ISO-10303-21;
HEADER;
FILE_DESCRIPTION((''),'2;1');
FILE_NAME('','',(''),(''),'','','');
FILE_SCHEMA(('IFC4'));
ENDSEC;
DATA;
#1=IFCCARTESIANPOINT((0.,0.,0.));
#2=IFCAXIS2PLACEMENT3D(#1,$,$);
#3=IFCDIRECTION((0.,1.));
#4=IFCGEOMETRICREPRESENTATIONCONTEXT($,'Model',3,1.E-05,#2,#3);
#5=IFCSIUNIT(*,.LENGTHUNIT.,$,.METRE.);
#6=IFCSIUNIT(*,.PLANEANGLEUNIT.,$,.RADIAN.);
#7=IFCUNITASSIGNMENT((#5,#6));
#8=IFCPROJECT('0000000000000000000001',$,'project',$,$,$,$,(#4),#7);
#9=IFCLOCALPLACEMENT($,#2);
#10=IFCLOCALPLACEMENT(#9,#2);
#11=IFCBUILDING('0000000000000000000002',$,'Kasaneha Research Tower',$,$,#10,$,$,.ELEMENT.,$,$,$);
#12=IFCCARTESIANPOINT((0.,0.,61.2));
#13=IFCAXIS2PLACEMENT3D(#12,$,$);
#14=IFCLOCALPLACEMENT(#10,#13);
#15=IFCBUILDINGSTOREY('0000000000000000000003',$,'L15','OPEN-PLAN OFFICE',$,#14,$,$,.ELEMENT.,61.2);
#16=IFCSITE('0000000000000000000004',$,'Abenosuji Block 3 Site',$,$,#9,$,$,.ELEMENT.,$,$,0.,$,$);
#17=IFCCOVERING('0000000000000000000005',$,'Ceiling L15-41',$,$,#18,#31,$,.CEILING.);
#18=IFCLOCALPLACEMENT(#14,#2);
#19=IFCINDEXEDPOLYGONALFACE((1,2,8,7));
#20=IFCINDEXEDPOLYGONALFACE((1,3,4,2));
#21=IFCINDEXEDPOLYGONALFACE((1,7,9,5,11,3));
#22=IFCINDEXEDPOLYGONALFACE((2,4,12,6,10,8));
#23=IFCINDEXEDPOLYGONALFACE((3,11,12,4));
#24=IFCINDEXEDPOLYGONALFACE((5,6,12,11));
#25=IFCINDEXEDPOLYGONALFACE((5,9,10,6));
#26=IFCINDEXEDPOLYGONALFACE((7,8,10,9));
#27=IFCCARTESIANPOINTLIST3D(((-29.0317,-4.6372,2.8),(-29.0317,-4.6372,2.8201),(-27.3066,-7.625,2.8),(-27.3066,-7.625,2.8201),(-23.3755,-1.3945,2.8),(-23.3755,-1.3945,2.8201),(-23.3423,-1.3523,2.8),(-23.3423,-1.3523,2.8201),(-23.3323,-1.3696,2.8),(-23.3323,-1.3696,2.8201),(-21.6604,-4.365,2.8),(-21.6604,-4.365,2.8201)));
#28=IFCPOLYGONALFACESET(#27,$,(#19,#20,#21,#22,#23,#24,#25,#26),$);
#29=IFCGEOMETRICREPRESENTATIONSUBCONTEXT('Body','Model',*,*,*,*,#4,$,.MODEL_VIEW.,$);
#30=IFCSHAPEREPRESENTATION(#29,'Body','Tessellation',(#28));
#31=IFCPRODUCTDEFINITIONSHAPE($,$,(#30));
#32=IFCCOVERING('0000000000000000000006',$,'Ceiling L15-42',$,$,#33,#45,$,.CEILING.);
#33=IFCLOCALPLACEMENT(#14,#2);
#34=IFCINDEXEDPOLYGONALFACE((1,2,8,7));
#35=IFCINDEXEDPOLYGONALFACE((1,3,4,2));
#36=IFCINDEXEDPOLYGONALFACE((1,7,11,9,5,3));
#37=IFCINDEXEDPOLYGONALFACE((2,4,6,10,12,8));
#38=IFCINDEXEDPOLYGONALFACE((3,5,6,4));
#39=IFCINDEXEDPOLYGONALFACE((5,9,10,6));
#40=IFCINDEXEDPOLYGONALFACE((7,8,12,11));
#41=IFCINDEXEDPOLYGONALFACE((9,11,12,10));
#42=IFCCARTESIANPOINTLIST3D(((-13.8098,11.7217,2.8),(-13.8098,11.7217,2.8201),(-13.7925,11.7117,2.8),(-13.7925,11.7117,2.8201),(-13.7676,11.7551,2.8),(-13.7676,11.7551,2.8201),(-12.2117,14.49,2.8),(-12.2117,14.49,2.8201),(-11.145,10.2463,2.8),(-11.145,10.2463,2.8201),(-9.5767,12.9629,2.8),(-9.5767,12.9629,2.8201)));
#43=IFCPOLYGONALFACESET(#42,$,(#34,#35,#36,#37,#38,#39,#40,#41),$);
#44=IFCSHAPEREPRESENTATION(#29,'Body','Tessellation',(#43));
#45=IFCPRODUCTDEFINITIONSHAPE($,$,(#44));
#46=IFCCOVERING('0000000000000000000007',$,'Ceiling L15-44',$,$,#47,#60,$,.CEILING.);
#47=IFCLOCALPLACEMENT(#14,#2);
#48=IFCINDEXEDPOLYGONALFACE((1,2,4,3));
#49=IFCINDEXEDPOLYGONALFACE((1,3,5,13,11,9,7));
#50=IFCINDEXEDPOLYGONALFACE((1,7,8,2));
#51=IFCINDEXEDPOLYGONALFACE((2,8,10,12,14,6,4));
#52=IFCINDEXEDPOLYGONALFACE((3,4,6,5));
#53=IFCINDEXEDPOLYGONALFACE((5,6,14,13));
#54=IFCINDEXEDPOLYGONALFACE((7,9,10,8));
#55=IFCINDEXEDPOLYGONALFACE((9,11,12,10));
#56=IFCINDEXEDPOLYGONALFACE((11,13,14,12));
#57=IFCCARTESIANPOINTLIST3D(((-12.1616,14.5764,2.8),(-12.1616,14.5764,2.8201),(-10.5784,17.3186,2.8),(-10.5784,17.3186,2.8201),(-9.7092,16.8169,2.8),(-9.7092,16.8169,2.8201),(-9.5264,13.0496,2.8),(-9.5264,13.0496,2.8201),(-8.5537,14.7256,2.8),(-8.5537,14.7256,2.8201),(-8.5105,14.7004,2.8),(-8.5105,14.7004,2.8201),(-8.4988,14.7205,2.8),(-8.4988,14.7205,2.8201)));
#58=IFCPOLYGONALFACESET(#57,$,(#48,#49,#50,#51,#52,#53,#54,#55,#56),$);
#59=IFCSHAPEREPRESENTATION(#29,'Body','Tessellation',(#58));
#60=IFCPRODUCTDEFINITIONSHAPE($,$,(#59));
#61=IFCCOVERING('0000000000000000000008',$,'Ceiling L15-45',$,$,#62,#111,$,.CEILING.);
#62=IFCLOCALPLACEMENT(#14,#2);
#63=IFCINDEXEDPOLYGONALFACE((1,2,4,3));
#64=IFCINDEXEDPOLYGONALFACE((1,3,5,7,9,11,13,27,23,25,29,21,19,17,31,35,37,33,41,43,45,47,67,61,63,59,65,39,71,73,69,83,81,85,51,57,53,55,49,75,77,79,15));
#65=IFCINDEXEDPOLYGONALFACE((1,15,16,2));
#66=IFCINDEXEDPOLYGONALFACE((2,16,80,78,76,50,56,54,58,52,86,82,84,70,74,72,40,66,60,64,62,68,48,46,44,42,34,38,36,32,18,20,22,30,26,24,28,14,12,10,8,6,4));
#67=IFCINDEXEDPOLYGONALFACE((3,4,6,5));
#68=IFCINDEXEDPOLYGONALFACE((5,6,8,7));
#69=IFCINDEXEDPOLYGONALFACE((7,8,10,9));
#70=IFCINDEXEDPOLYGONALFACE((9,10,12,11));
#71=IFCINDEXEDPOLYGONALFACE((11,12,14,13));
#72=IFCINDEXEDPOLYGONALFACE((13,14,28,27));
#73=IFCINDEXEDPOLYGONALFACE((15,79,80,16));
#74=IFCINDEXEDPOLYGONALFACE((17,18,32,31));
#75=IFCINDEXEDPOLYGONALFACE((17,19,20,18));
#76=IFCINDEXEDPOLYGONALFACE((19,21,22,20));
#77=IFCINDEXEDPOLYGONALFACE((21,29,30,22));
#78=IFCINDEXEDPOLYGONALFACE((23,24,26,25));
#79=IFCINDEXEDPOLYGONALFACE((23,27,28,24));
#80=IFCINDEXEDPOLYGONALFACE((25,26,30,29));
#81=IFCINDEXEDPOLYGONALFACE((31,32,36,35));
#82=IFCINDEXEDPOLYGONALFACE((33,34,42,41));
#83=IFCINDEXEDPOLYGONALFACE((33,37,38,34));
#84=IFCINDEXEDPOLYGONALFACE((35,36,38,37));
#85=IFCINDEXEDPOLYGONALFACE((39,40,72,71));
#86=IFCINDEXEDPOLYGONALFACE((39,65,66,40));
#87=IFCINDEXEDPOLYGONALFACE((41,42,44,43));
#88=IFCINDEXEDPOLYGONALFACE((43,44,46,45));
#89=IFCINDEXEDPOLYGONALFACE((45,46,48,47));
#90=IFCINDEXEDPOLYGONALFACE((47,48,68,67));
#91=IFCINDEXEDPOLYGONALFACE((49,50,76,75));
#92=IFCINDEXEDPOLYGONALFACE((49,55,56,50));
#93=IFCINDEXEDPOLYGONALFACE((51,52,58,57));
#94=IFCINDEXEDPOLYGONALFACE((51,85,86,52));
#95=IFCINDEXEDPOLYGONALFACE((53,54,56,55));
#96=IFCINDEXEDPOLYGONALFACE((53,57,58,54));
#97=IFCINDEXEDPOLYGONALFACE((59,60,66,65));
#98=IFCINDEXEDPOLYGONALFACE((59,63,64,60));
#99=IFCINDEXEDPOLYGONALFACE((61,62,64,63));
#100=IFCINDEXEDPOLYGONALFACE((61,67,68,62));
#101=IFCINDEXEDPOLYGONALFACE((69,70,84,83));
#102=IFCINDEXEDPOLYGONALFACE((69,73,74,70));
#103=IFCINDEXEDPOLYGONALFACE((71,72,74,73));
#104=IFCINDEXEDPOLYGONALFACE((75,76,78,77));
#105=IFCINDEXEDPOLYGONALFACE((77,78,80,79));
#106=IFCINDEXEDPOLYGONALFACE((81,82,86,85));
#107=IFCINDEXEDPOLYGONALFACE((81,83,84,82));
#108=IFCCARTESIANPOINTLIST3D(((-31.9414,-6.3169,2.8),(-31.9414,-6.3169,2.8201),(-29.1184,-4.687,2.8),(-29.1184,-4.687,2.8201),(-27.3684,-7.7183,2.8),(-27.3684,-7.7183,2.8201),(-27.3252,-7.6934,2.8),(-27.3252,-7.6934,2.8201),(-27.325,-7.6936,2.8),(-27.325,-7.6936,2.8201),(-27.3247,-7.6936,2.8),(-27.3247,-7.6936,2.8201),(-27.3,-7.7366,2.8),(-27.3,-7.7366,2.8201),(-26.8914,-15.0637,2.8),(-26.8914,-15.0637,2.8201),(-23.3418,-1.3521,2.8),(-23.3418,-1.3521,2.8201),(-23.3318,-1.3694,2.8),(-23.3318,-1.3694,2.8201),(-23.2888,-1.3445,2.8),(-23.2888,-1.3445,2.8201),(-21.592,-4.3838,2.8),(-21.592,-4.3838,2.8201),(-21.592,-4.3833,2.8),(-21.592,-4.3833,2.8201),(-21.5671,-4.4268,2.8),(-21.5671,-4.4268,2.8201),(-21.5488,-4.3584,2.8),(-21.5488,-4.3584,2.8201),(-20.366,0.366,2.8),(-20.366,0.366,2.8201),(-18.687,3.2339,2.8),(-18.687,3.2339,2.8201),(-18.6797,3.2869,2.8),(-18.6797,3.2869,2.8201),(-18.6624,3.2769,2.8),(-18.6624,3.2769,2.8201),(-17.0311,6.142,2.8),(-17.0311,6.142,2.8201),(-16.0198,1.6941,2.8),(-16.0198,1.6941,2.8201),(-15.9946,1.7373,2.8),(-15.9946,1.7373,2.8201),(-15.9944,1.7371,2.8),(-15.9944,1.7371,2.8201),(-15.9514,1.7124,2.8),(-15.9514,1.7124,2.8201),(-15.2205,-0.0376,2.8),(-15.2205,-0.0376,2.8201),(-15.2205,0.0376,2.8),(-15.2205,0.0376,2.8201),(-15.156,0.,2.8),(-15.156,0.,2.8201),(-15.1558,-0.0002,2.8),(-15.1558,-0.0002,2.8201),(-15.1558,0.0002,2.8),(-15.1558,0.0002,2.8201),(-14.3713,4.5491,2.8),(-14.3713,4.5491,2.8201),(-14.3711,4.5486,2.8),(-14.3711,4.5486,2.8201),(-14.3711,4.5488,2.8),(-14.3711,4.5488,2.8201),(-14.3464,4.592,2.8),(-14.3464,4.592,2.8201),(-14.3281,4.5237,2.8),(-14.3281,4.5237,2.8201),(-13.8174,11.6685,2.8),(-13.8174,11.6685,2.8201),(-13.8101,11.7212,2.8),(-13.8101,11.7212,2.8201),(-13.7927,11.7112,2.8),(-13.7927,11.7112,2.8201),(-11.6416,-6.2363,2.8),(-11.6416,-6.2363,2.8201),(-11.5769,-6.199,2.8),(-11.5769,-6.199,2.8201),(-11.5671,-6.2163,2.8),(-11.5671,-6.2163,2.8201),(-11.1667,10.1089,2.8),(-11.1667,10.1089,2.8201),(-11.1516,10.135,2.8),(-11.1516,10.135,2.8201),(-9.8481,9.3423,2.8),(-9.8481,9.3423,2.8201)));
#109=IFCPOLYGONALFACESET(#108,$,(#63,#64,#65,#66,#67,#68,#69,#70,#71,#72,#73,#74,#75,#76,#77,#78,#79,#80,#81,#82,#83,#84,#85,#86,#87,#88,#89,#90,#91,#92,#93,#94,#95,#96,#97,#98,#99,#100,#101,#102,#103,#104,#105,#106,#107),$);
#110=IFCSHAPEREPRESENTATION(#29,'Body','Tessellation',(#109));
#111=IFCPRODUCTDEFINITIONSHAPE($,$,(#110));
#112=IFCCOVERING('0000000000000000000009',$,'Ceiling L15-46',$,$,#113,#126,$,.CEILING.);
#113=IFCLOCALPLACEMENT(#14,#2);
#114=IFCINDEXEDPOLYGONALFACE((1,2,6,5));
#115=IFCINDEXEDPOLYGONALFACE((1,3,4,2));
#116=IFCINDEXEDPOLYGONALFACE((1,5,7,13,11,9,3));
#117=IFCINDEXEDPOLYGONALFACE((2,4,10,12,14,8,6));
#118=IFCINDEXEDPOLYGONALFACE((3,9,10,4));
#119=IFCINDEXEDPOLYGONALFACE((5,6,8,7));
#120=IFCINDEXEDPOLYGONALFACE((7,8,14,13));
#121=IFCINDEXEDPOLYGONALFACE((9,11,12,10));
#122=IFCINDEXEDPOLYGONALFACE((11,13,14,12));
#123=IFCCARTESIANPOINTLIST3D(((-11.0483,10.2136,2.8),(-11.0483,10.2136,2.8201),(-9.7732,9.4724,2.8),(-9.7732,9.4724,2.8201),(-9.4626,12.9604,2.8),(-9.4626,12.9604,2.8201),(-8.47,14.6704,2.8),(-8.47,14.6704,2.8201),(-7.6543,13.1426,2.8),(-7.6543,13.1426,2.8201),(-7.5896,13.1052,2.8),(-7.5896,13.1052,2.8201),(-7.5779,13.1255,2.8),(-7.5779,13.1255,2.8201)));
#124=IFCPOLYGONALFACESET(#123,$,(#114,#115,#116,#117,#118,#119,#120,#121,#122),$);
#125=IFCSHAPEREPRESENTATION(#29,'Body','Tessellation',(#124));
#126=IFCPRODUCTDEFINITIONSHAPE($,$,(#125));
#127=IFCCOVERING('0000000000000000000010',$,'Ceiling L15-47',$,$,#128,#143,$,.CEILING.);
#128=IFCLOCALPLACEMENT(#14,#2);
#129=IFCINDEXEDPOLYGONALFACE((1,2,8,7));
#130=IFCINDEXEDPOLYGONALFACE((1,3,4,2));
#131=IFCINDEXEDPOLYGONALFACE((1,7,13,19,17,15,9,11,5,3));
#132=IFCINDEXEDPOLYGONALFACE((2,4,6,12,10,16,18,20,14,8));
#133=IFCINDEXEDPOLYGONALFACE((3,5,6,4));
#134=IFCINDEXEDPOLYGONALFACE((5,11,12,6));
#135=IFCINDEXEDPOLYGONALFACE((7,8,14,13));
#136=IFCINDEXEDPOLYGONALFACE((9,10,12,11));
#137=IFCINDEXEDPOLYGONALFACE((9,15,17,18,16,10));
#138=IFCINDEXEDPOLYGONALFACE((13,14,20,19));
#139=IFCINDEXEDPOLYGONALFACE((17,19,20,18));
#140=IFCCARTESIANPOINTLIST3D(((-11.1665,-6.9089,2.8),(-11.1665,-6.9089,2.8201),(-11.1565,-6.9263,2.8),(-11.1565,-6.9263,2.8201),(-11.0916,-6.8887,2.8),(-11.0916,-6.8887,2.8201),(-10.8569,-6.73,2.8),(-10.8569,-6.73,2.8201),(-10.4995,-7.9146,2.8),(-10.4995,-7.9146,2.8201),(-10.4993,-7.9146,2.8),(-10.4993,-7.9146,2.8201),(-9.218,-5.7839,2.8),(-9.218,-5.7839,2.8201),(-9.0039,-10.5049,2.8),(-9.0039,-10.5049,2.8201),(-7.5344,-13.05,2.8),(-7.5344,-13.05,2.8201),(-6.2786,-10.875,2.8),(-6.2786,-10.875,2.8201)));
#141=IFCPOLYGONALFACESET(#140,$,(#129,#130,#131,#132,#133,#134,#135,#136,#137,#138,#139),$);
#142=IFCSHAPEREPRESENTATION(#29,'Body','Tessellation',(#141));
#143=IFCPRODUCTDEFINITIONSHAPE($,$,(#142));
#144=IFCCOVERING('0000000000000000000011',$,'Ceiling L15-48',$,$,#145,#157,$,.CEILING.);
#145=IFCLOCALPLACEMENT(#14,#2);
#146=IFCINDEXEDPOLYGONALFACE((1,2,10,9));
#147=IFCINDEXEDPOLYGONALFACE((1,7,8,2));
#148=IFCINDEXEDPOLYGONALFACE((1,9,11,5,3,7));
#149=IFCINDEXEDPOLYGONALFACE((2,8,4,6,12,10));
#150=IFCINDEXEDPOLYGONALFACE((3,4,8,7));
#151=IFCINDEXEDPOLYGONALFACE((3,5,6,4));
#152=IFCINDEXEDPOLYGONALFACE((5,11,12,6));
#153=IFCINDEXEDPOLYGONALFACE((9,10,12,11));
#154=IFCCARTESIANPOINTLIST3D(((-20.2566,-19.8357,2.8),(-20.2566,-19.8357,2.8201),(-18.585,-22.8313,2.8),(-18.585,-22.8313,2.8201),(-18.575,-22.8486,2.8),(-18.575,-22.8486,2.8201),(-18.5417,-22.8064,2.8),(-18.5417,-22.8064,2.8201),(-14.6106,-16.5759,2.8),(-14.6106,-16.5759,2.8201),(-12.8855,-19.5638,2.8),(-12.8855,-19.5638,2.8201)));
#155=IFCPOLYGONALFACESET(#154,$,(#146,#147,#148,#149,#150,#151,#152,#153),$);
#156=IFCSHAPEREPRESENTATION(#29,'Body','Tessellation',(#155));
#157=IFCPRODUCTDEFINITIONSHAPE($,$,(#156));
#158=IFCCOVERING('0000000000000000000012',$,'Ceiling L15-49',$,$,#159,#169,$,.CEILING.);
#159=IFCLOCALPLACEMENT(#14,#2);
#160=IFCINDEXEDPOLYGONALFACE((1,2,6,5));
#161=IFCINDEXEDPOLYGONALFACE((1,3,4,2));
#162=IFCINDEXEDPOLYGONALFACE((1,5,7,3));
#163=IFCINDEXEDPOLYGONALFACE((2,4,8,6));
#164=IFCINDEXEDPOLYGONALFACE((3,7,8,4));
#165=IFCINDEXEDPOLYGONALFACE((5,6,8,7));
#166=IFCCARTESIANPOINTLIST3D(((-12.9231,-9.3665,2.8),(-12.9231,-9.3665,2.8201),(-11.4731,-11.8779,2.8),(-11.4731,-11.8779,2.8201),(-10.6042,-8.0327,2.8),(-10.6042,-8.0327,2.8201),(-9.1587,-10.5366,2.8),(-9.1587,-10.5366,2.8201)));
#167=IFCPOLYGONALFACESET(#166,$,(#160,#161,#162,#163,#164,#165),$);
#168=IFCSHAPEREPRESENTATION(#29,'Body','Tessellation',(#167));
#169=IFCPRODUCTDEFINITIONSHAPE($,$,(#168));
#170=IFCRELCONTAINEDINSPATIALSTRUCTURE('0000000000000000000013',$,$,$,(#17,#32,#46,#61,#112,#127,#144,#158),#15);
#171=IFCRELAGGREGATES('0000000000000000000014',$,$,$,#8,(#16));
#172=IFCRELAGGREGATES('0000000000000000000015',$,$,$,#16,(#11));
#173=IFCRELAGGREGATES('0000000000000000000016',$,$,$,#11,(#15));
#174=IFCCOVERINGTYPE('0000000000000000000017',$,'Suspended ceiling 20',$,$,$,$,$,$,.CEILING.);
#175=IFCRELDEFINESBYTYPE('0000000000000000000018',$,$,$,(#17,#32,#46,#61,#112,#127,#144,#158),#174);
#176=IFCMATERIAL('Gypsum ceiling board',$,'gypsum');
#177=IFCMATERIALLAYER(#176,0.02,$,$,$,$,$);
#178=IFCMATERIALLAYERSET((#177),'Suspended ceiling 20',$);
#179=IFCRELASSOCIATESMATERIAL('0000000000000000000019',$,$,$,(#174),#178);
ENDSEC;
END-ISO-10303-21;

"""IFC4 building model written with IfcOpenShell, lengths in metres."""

from ifc_helpers import new_model, si_unit, direction, frame, origin, place, context, subcontext, project, spatial, polyline, outline, extrude, material, layer, layer_set, type_object, element, save


model = new_model("IFC4")

# Units and contexts
model_context = context("Model", 3, precision=1e-05, world=origin(), true_north=direction((0.0, 1.0)))
body_context = subcontext(model_context, "Body", "Model", "MODEL_VIEW")
ifc_project = project(units=[si_unit("LENGTHUNIT", "METRE"), si_unit("PLANEANGLEUNIT", "RADIAN")], contexts=[model_context])

# Site, building, storey
site_placement = place(None, origin())
site = spatial("IfcSite", under=ifc_project, at=site_placement, Name="Abenosuji Block 3 Site", CompositionType="ELEMENT", RefElevation=0.0)
building_placement = place(site_placement, origin())
building = spatial("IfcBuilding", under=site, at=building_placement, Name="Kasaneha Research Tower", CompositionType="ELEMENT")
storey_placement = place(building_placement, frame((0.0, 0.0, 61.2)))
storey = spatial("IfcBuildingStorey", under=building, at=storey_placement, Name="L15", Description="OPEN-PLAN OFFICE", CompositionType="ELEMENT", Elevation=61.2)

# Coverings
ifc_material_1 = material(Name="Gypsum ceiling board", Category="gypsum")
ifc_layer_1 = layer(ifc_material_1, 0.02)
ifc_layer_set_1 = layer_set([ifc_layer_1], Name="Suspended ceiling 20")
covering_type = type_object("IfcCoveringType", Name="Suspended ceiling 20", PredefinedType="CEILING", material=ifc_layer_set_1)
covering_1_placement = place(storey_placement, frame((0.0, 0.0, 2.8)))
element("IfcCovering", 1, at=covering_1_placement, inside=storey, type_object=covering_type, Name="Ceiling L15-41", PredefinedType="CEILING", context=body_context, shape_type="SweptSolid", body=[
    extrude(outline(polyline([(-23.3423, -1.3523), (-23.3323, -1.3696), (-23.3755, -1.3945), (-21.6604, -4.365), (-27.3066, -7.625), (-29.0317, -4.6372), (-23.3423, -1.3523)])), origin(), (0.0, 0.0, 1.0), 0.02),
])
covering_2_placement = place(storey_placement, frame((0.0, 0.0, 2.8)))
element("IfcCovering", 2, at=covering_2_placement, inside=storey, type_object=covering_type, Name="Ceiling L15-42", PredefinedType="CEILING", context=body_context, shape_type="SweptSolid", body=[
    extrude(outline(polyline([(-12.2117, 14.49), (-9.5767, 12.9629), (-11.145, 10.2463), (-13.7676, 11.7551), (-13.7925, 11.7117), (-13.8098, 11.7217), (-12.2117, 14.49)])), origin(), (0.0, 0.0, 1.0), 0.02),
])
covering_3_placement = place(storey_placement, frame((0.0, 0.0, 2.8)))
element("IfcCovering", 3, at=covering_3_placement, inside=storey, type_object=covering_type, Name="Ceiling L15-44", PredefinedType="CEILING", context=body_context, shape_type="SweptSolid", body=[
    extrude(outline(polyline([(-10.5784, 17.3186), (-9.7092, 16.8169), (-8.4988, 14.7205), (-8.5105, 14.7004), (-8.5537, 14.7256), (-9.5264, 13.0496), (-12.1616, 14.5764), (-12.1865, 14.5332), (-12.1865, 14.5332), (-10.5784, 17.3186)])), origin(), (0.0, 0.0, 1.0), 0.02),
])
covering_4_placement = place(storey_placement, frame((0.0, 0.0, 2.8)))
element("IfcCovering", 4, at=covering_4_placement, inside=storey, type_object=covering_type, Name="Ceiling L15-45", PredefinedType="CEILING", context=body_context, shape_type="SweptSolid", body=[
    extrude(outline(polyline([(-15.1558, -0.0002), (-15.2205, -0.0376), (-11.6416, -6.2363), (-11.5769, -6.199), (-11.5671, -6.2163), (-26.8914, -15.0637), (-31.9414, -6.3169), (-29.1184, -4.687), (-27.3684, -7.7183), (-27.3252, -7.6934), (-27.325, -7.6936), (-27.3247, -7.6936), (-27.3, -7.7366), (-21.5671, -4.4268), (-21.592, -4.3838), (-21.592, -4.3838), (-21.592, -4.3833), (-21.5488, -4.3584), (-23.2888, -1.3445), (-23.3318, -1.3694), (-23.3418, -1.3521), (-20.366, 0.366), (-18.6797, 3.2869), (-18.6624, 3.2769), (-18.687, 3.2339), (-16.0198, 1.6941), (-15.9946, 1.7373), (-15.9944, 1.7371), (-15.9944, 1.7371), (-15.9514, 1.7124), (-14.3281, 4.5237), (-14.3711, 4.5486), (-14.3711, 4.5488), (-14.3713, 4.5491), (-14.3464, 4.592), (-17.0312, 6.1421), (-17.0559, 6.0991), (-17.0559, 6.0991), (-13.8101, 11.7212), (-13.7927, 11.7112), (-13.8174, 11.6685), (-11.1516, 10.135), (-11.1667, 10.1089), (-9.8481, 9.3423), (-15.2205, 0.0376), (-15.1558, 0.0002), (-15.156, 0.0), (-15.1558, -0.0002)])), origin(), (0.0, 0.0, 1.0), 0.02),
])
covering_5_placement = place(storey_placement, frame((0.0, 0.0, 2.8)))
element("IfcCovering", 5, at=covering_5_placement, inside=storey, type_object=covering_type, Name="Ceiling L15-46", PredefinedType="CEILING", context=body_context, shape_type="SweptSolid", body=[
    extrude(outline(polyline([(-7.5779, 13.1255), (-7.5896, 13.1052), (-7.6543, 13.1426), (-9.7732, 9.4724), (-11.0483, 10.2136), (-9.4626, 12.9604), (-8.47, 14.6704), (-7.5779, 13.1255)])), origin(), (0.0, 0.0, 1.0), 0.02),
])
covering_6_placement = place(storey_placement, frame((0.0, 0.0, 2.8)))
element("IfcCovering", 6, at=covering_6_placement, inside=storey, type_object=covering_type, Name="Ceiling L15-47", PredefinedType="CEILING", context=body_context, shape_type="SweptSolid", body=[
    extrude(outline(polyline([(-9.218, -5.7839), (-6.2786, -10.875), (-7.5344, -13.05), (-7.5344, -13.05), (-9.0039, -10.5049), (-9.0039, -10.5049), (-10.4995, -7.9146), (-10.4993, -7.9146), (-11.0916, -6.8887), (-11.1565, -6.9263), (-11.1665, -6.9089), (-10.8569, -6.73), (-9.218, -5.7839)])), origin(), (0.0, 0.0, 1.0), 0.02),
])
covering_7_placement = place(storey_placement, frame((0.0, 0.0, 2.8)))
element("IfcCovering", 7, at=covering_7_placement, inside=storey, type_object=covering_type, Name="Ceiling L15-48", PredefinedType="CEILING", context=body_context, shape_type="SweptSolid", body=[
    extrude(outline(polyline([(-18.575, -22.8486), (-18.585, -22.8313), (-18.5417, -22.8064), (-20.2566, -19.8357), (-14.6106, -16.5759), (-12.8855, -19.5637), (-12.8423, -19.5388), (-12.8423, -19.5388), (-18.575, -22.8486)])), origin(), (0.0, 0.0, 1.0), 0.02),
])
covering_8_placement = place(storey_placement, frame((0.0, 0.0, 2.8)))
element("IfcCovering", 8, at=covering_8_placement, inside=storey, type_object=covering_type, Name="Ceiling L15-49", PredefinedType="CEILING", context=body_context, shape_type="SweptSolid", body=[
    extrude(outline(polyline([(-12.9231, -9.3665), (-10.6042, -8.0327), (-9.1587, -10.5366), (-11.4731, -11.8779), (-12.9231, -9.3665)])), origin(), (0.0, 0.0, 1.0), 0.02),
])

save(model, "model.ifc")
